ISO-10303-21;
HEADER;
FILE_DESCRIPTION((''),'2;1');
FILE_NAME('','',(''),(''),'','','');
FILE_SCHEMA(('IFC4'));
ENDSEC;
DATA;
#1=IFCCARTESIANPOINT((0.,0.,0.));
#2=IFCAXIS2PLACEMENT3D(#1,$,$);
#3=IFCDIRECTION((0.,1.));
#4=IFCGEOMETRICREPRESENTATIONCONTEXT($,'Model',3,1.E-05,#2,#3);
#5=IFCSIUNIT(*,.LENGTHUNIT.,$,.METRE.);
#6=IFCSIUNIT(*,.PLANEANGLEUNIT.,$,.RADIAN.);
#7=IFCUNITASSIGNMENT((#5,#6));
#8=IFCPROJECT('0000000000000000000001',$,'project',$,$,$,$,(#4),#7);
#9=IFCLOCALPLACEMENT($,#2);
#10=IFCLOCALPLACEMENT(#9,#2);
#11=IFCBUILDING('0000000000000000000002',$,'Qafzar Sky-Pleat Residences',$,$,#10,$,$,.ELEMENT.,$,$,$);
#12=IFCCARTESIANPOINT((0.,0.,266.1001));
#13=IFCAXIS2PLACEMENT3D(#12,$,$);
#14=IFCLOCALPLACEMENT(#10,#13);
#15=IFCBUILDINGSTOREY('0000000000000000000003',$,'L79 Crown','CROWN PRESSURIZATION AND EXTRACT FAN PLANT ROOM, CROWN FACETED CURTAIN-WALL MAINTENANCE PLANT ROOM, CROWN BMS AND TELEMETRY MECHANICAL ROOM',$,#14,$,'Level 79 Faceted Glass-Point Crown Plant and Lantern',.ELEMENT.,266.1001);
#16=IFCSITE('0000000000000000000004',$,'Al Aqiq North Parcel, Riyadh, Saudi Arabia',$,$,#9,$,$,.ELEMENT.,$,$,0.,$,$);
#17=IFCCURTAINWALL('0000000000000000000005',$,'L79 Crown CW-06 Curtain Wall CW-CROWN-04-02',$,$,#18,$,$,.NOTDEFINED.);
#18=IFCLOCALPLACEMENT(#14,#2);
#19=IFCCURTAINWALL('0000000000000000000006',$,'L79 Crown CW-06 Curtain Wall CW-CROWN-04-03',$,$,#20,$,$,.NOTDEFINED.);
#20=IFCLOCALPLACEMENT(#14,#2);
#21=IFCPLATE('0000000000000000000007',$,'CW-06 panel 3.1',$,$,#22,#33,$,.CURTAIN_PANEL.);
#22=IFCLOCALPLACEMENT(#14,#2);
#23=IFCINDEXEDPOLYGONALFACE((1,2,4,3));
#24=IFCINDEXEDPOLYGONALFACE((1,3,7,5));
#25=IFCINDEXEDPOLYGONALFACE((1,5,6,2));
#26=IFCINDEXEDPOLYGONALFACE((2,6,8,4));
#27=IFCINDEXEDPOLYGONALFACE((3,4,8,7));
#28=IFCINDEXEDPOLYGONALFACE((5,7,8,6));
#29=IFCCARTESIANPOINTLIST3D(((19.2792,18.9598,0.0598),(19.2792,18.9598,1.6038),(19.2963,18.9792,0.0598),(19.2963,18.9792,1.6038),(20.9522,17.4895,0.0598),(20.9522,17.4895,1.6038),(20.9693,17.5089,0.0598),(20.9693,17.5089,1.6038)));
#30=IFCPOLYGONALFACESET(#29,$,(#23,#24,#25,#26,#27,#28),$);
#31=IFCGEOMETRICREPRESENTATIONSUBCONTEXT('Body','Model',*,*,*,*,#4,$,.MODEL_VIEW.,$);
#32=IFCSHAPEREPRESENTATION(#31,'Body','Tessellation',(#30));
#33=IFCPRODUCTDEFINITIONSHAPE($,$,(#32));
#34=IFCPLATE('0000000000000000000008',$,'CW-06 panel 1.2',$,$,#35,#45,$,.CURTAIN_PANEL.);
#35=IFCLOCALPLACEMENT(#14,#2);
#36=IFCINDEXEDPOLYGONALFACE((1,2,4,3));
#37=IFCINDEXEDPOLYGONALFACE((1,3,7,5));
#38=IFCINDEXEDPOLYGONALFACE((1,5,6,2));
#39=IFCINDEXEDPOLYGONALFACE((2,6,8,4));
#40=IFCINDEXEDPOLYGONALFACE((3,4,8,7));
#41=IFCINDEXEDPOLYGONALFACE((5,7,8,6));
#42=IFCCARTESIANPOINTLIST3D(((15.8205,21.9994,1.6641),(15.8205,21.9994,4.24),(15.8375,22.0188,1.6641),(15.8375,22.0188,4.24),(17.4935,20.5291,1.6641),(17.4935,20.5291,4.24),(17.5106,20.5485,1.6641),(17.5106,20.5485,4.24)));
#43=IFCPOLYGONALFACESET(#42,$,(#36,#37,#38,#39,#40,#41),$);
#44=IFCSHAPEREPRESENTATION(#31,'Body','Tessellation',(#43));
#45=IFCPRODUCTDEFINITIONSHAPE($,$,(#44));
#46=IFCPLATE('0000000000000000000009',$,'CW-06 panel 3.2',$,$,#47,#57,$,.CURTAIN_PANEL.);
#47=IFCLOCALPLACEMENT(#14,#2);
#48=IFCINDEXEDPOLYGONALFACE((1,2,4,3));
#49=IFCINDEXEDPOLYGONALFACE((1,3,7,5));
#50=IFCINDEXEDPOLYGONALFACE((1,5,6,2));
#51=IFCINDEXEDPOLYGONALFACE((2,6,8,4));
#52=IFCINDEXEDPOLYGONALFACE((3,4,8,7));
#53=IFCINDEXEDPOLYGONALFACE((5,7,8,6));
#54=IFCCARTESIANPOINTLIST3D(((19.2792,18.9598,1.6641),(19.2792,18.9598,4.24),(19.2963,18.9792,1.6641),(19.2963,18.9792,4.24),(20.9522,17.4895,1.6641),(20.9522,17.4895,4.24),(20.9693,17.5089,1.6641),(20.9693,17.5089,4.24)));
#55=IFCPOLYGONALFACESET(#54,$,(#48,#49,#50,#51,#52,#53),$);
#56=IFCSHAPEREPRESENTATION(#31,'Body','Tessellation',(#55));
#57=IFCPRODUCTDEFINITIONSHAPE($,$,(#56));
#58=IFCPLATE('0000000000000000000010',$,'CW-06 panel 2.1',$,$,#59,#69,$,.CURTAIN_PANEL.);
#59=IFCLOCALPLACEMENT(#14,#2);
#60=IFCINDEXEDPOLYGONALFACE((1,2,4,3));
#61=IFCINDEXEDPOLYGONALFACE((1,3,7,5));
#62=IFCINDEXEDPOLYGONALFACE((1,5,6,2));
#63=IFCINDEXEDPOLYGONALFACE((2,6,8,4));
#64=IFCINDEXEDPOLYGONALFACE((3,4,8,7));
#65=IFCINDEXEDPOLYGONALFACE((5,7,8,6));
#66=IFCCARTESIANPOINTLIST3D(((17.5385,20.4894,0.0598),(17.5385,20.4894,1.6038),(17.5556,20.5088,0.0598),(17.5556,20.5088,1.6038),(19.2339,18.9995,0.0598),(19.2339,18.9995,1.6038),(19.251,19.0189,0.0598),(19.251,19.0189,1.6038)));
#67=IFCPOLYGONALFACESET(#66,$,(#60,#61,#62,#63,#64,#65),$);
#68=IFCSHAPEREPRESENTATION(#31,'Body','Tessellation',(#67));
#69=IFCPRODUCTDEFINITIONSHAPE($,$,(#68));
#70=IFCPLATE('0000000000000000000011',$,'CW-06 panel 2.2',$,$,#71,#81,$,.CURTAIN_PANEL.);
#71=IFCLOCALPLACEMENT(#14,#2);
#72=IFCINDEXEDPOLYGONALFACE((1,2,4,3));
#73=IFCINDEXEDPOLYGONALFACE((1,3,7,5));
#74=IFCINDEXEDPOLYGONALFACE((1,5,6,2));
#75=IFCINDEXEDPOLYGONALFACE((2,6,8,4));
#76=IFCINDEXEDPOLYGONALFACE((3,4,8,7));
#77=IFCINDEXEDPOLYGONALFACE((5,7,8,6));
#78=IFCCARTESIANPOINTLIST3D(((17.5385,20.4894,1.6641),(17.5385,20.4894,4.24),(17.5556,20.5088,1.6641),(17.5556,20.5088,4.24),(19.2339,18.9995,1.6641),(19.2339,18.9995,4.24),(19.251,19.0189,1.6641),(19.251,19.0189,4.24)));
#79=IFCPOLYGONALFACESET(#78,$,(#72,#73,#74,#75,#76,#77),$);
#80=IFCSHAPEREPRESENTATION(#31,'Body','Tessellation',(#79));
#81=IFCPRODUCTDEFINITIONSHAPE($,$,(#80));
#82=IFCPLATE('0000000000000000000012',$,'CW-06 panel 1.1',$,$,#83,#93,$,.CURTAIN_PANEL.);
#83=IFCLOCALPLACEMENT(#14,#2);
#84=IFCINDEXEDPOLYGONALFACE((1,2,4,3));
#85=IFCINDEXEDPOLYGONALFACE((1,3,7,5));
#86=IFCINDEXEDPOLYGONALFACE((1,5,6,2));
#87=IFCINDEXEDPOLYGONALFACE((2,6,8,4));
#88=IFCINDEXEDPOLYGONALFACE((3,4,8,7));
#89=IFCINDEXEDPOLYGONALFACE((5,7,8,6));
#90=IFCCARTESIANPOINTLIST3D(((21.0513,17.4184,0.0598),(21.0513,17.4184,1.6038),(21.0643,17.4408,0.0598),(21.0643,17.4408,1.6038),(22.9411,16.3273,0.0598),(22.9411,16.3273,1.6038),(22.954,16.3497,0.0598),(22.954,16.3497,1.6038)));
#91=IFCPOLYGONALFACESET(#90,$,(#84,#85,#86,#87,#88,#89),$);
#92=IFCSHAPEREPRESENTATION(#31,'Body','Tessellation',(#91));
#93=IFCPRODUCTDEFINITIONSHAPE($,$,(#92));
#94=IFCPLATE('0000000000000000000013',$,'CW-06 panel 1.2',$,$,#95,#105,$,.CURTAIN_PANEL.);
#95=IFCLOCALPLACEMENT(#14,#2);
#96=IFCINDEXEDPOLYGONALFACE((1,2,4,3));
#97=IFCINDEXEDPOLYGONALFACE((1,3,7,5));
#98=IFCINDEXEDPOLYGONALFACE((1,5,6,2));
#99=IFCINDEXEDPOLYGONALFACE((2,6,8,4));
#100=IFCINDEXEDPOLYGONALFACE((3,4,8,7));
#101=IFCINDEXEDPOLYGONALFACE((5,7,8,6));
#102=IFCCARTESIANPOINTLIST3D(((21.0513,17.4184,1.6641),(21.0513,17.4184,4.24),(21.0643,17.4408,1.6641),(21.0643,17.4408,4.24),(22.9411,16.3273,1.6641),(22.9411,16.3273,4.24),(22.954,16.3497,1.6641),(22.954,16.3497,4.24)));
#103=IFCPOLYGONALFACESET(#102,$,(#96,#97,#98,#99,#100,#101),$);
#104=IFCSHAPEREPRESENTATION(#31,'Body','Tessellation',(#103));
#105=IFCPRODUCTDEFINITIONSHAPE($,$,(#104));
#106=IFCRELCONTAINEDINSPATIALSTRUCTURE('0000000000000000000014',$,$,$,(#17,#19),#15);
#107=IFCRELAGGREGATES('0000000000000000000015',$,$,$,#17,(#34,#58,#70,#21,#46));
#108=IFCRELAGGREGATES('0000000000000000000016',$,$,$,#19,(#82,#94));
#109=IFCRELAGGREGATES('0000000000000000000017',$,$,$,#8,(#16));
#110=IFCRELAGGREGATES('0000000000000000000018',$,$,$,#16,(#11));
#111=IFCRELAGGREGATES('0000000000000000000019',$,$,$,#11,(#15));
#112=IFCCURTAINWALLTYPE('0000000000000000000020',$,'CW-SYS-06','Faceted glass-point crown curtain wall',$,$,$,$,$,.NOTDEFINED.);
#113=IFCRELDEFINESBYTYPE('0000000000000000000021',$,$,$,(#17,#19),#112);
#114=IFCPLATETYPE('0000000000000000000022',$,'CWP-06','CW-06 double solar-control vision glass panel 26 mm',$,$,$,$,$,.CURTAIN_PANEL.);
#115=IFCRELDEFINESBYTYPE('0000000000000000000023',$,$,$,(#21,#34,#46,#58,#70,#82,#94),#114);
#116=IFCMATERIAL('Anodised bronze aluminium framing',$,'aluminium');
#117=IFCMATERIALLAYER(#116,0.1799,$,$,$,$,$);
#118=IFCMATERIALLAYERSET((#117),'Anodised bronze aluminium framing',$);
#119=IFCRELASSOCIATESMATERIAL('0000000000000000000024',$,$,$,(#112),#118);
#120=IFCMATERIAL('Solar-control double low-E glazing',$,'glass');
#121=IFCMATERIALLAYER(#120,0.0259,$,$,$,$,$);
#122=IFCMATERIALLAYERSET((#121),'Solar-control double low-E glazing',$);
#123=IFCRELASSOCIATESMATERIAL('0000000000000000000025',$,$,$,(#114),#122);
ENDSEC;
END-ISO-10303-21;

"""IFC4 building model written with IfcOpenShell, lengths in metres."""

from ifc_helpers import new_model, si_unit, direction, frame, origin, origin_2d, place, context, subcontext, project, spatial, rectangle, extrude, source, transform, mapped, material, layer, layer_set, type_object, element, aggregate, save


model = new_model("IFC4")

# Units and contexts
model_context = context("Model", 3, precision=1e-05, world=origin(), true_north=direction((0.0, 1.0)))
body_context = subcontext(model_context, "Body", "Model", "MODEL_VIEW")
ifc_project = project(units=[si_unit("LENGTHUNIT", "METRE"), si_unit("PLANEANGLEUNIT", "RADIAN")], contexts=[model_context])

# Site, building, storey
site_placement = place(None, origin())
site = spatial("IfcSite", under=ifc_project, at=site_placement, Name="Al Aqiq North Parcel, Riyadh, Saudi Arabia", CompositionType="ELEMENT", RefElevation=0.0)
building_placement = place(site_placement, origin())
building = spatial("IfcBuilding", under=site, at=building_placement, Name="Qafzar Sky-Pleat Residences", CompositionType="ELEMENT")
storey_placement = place(building_placement, frame((0.0, 0.0, 266.1001)))
storey = spatial("IfcBuildingStorey", under=building, at=storey_placement, Name="L79 Crown", Description="CROWN PRESSURIZATION AND EXTRACT FAN PLANT ROOM, CROWN FACETED CURTAIN-WALL MAINTENANCE PLANT ROOM, CROWN BMS AND TELEMETRY MECHANICAL ROOM", LongName="Level 79 Faceted Glass-Point Crown Plant and Lantern", CompositionType="ELEMENT", Elevation=266.1001)

# Shared definitions
ifc_material_1 = material(Name="Anodised bronze aluminium framing", Category="aluminium")
ifc_layer_1 = layer(ifc_material_1, 0.1799)
ifc_layer_set_1 = layer_set([ifc_layer_1], Name="Anodised bronze aluminium framing")
curtain_wall_type = type_object("IfcCurtainWallType", Name="CW-SYS-06", Description="Faceted glass-point crown curtain wall", PredefinedType="NOTDEFINED", material=ifc_layer_set_1)

# Curtain walls
curtain_wall_1_placement = place(storey_placement, origin())
curtain_wall_1 = element("IfcCurtainWall", 1, at=curtain_wall_1_placement, inside=storey, type_object=curtain_wall_type, Name="L79 Crown CW-06 Curtain Wall CW-CROWN-04-02", PredefinedType="NOTDEFINED")
curtain_wall_2_placement = place(storey_placement, origin())
curtain_wall_2 = element("IfcCurtainWall", 2, at=curtain_wall_2_placement, inside=storey, type_object=curtain_wall_type, Name="L79 Crown CW-06 Curtain Wall CW-CROWN-04-03", PredefinedType="NOTDEFINED")

# Plates
ifc_material_2 = material(Name="Solar-control double low-E glazing", Category="glass")
ifc_layer_2 = layer(ifc_material_2, 0.0259)
ifc_layer_set_2 = layer_set([ifc_layer_2], Name="Solar-control double low-E glazing")
plate_type = type_object("IfcPlateType", Name="CWP-06", Description="CW-06 double solar-control vision glass panel 26 mm", PredefinedType="CURTAIN_PANEL", material=ifc_layer_set_2)
shared_shape_1 = source(origin(), body_context, "Body", "SweptSolid", [
    extrude(rectangle(XDim=2.2273, YDim=0.0259, at=origin_2d()), origin(), (0.0, 0.0, 1.0), 1.5439),
])
plate_1_placement = place(storey_placement, frame((20.1243, 18.2344, 0.0598), z_axis=(0.0, 0.0, 1.0), x_axis=(0.751155, -0.660125, 0.0)))
plate_1 = element("IfcPlate", 3, at=plate_1_placement, type_object=plate_type, Name="CW-06 panel 3.1", PredefinedType="CURTAIN_PANEL", context=body_context, shape_type="MappedRepresentation", body=[
    mapped(shared_shape_1, transform((0.0, 0.0, 0.0), x_axis=(1.0, 0.0, 0.0), y_axis=(0.0, 1.0, 0.0), z_axis=(0.0, 0.0, 1.0), scale=1.0)),
])
shared_shape_2 = source(origin(), body_context, "Body", "SweptSolid", [
    extrude(rectangle(XDim=2.2273, YDim=0.0259, at=origin_2d()), origin(), (0.0, 0.0, 1.0), 2.5759),
])
plate_2_placement = place(storey_placement, frame((16.6655, 21.2739, 1.6641), z_axis=(0.0, 0.0, 1.0), x_axis=(0.751155, -0.660125, 0.0)))
plate_2 = element("IfcPlate", 4, at=plate_2_placement, type_object=plate_type, Name="CW-06 panel 1.2", PredefinedType="CURTAIN_PANEL", context=body_context, shape_type="MappedRepresentation", body=[
    mapped(shared_shape_2, transform((0.0, 0.0, 0.0), x_axis=(1.0, 0.0, 0.0), y_axis=(0.0, 1.0, 0.0), z_axis=(0.0, 0.0, 1.0), scale=1.0)),
])
plate_3_placement = place(storey_placement, frame((20.1243, 18.2344, 1.6641), z_axis=(0.0, 0.0, 1.0), x_axis=(0.751155, -0.660125, 0.0)))
plate_3 = element("IfcPlate", 5, at=plate_3_placement, type_object=plate_type, Name="CW-06 panel 3.2", PredefinedType="CURTAIN_PANEL", context=body_context, shape_type="MappedRepresentation", body=[
    mapped(shared_shape_2, transform((0.0, 0.0, 0.0), x_axis=(1.0, 0.0, 0.0), y_axis=(0.0, 1.0, 0.0), z_axis=(0.0, 0.0, 1.0), scale=1.0)),
])
shared_shape_3 = source(origin(), body_context, "Body", "SweptSolid", [
    extrude(rectangle(XDim=2.2571, YDim=0.0259, at=origin_2d()), origin(), (0.0, 0.0, 1.0), 1.5439),
])
plate_4_placement = place(storey_placement, frame((18.3948, 19.7542, 0.0598), z_axis=(0.0, 0.0, 1.0), x_axis=(0.751155, -0.660125, 0.0)))
plate_4 = element("IfcPlate", 6, at=plate_4_placement, type_object=plate_type, Name="CW-06 panel 2.1", PredefinedType="CURTAIN_PANEL", context=body_context, shape_type="MappedRepresentation", body=[
    mapped(shared_shape_3, transform((0.0, 0.0, 0.0), x_axis=(1.0, 0.0, 0.0), y_axis=(0.0, 1.0, 0.0), z_axis=(0.0, 0.0, 1.0), scale=1.0)),
])
shared_shape_4 = source(origin(), body_context, "Body", "SweptSolid", [
    extrude(rectangle(XDim=2.2571, YDim=0.0259, at=origin_2d()), origin(), (0.0, 0.0, 1.0), 2.5759),
])
plate_5_placement = place(storey_placement, frame((18.3948, 19.7542, 1.6641), z_axis=(0.0, 0.0, 1.0), x_axis=(0.751155, -0.660125, 0.0)))
plate_5 = element("IfcPlate", 7, at=plate_5_placement, type_object=plate_type, Name="CW-06 panel 2.2", PredefinedType="CURTAIN_PANEL", context=body_context, shape_type="MappedRepresentation", body=[
    mapped(shared_shape_4, transform((0.0, 0.0, 0.0), x_axis=(1.0, 0.0, 0.0), y_axis=(0.0, 1.0, 0.0), z_axis=(0.0, 0.0, 1.0), scale=1.0)),
])
aggregate(curtain_wall_1, [plate_2, plate_4, plate_5, plate_1, plate_3])
shared_shape_5 = source(origin(), body_context, "Body", "SweptSolid", [
    extrude(rectangle(XDim=2.1821, YDim=0.0259, at=origin_2d()), origin(), (0.0, 0.0, 1.0), 1.5439),
])
plate_6_placement = place(storey_placement, frame((22.0027, 16.884, 0.0598), z_axis=(0.0, 0.0, 1.0), x_axis=(0.866024, -0.500003, 0.0)))
plate_6 = element("IfcPlate", 8, at=plate_6_placement, type_object=plate_type, Name="CW-06 panel 1.1", PredefinedType="CURTAIN_PANEL", context=body_context, shape_type="MappedRepresentation", body=[
    mapped(shared_shape_5, transform((0.0, 0.0, 0.0), x_axis=(1.0, 0.0, 0.0), y_axis=(0.0, 1.0, 0.0), z_axis=(0.0, 0.0, 1.0), scale=1.0)),
])
shared_shape_6 = source(origin(), body_context, "Body", "SweptSolid", [
    extrude(rectangle(XDim=2.1821, YDim=0.0259, at=origin_2d()), origin(), (0.0, 0.0, 1.0), 2.5759),
])
plate_7_placement = place(storey_placement, frame((22.0027, 16.884, 1.6641), z_axis=(0.0, 0.0, 1.0), x_axis=(0.866024, -0.500003, 0.0)))
plate_7 = element("IfcPlate", 9, at=plate_7_placement, type_object=plate_type, Name="CW-06 panel 1.2", PredefinedType="CURTAIN_PANEL", context=body_context, shape_type="MappedRepresentation", body=[
    mapped(shared_shape_6, transform((0.0, 0.0, 0.0), x_axis=(1.0, 0.0, 0.0), y_axis=(0.0, 1.0, 0.0), z_axis=(0.0, 0.0, 1.0), scale=1.0)),
])
aggregate(curtain_wall_2, [plate_6, plate_7])

save(model, "model.ifc")
